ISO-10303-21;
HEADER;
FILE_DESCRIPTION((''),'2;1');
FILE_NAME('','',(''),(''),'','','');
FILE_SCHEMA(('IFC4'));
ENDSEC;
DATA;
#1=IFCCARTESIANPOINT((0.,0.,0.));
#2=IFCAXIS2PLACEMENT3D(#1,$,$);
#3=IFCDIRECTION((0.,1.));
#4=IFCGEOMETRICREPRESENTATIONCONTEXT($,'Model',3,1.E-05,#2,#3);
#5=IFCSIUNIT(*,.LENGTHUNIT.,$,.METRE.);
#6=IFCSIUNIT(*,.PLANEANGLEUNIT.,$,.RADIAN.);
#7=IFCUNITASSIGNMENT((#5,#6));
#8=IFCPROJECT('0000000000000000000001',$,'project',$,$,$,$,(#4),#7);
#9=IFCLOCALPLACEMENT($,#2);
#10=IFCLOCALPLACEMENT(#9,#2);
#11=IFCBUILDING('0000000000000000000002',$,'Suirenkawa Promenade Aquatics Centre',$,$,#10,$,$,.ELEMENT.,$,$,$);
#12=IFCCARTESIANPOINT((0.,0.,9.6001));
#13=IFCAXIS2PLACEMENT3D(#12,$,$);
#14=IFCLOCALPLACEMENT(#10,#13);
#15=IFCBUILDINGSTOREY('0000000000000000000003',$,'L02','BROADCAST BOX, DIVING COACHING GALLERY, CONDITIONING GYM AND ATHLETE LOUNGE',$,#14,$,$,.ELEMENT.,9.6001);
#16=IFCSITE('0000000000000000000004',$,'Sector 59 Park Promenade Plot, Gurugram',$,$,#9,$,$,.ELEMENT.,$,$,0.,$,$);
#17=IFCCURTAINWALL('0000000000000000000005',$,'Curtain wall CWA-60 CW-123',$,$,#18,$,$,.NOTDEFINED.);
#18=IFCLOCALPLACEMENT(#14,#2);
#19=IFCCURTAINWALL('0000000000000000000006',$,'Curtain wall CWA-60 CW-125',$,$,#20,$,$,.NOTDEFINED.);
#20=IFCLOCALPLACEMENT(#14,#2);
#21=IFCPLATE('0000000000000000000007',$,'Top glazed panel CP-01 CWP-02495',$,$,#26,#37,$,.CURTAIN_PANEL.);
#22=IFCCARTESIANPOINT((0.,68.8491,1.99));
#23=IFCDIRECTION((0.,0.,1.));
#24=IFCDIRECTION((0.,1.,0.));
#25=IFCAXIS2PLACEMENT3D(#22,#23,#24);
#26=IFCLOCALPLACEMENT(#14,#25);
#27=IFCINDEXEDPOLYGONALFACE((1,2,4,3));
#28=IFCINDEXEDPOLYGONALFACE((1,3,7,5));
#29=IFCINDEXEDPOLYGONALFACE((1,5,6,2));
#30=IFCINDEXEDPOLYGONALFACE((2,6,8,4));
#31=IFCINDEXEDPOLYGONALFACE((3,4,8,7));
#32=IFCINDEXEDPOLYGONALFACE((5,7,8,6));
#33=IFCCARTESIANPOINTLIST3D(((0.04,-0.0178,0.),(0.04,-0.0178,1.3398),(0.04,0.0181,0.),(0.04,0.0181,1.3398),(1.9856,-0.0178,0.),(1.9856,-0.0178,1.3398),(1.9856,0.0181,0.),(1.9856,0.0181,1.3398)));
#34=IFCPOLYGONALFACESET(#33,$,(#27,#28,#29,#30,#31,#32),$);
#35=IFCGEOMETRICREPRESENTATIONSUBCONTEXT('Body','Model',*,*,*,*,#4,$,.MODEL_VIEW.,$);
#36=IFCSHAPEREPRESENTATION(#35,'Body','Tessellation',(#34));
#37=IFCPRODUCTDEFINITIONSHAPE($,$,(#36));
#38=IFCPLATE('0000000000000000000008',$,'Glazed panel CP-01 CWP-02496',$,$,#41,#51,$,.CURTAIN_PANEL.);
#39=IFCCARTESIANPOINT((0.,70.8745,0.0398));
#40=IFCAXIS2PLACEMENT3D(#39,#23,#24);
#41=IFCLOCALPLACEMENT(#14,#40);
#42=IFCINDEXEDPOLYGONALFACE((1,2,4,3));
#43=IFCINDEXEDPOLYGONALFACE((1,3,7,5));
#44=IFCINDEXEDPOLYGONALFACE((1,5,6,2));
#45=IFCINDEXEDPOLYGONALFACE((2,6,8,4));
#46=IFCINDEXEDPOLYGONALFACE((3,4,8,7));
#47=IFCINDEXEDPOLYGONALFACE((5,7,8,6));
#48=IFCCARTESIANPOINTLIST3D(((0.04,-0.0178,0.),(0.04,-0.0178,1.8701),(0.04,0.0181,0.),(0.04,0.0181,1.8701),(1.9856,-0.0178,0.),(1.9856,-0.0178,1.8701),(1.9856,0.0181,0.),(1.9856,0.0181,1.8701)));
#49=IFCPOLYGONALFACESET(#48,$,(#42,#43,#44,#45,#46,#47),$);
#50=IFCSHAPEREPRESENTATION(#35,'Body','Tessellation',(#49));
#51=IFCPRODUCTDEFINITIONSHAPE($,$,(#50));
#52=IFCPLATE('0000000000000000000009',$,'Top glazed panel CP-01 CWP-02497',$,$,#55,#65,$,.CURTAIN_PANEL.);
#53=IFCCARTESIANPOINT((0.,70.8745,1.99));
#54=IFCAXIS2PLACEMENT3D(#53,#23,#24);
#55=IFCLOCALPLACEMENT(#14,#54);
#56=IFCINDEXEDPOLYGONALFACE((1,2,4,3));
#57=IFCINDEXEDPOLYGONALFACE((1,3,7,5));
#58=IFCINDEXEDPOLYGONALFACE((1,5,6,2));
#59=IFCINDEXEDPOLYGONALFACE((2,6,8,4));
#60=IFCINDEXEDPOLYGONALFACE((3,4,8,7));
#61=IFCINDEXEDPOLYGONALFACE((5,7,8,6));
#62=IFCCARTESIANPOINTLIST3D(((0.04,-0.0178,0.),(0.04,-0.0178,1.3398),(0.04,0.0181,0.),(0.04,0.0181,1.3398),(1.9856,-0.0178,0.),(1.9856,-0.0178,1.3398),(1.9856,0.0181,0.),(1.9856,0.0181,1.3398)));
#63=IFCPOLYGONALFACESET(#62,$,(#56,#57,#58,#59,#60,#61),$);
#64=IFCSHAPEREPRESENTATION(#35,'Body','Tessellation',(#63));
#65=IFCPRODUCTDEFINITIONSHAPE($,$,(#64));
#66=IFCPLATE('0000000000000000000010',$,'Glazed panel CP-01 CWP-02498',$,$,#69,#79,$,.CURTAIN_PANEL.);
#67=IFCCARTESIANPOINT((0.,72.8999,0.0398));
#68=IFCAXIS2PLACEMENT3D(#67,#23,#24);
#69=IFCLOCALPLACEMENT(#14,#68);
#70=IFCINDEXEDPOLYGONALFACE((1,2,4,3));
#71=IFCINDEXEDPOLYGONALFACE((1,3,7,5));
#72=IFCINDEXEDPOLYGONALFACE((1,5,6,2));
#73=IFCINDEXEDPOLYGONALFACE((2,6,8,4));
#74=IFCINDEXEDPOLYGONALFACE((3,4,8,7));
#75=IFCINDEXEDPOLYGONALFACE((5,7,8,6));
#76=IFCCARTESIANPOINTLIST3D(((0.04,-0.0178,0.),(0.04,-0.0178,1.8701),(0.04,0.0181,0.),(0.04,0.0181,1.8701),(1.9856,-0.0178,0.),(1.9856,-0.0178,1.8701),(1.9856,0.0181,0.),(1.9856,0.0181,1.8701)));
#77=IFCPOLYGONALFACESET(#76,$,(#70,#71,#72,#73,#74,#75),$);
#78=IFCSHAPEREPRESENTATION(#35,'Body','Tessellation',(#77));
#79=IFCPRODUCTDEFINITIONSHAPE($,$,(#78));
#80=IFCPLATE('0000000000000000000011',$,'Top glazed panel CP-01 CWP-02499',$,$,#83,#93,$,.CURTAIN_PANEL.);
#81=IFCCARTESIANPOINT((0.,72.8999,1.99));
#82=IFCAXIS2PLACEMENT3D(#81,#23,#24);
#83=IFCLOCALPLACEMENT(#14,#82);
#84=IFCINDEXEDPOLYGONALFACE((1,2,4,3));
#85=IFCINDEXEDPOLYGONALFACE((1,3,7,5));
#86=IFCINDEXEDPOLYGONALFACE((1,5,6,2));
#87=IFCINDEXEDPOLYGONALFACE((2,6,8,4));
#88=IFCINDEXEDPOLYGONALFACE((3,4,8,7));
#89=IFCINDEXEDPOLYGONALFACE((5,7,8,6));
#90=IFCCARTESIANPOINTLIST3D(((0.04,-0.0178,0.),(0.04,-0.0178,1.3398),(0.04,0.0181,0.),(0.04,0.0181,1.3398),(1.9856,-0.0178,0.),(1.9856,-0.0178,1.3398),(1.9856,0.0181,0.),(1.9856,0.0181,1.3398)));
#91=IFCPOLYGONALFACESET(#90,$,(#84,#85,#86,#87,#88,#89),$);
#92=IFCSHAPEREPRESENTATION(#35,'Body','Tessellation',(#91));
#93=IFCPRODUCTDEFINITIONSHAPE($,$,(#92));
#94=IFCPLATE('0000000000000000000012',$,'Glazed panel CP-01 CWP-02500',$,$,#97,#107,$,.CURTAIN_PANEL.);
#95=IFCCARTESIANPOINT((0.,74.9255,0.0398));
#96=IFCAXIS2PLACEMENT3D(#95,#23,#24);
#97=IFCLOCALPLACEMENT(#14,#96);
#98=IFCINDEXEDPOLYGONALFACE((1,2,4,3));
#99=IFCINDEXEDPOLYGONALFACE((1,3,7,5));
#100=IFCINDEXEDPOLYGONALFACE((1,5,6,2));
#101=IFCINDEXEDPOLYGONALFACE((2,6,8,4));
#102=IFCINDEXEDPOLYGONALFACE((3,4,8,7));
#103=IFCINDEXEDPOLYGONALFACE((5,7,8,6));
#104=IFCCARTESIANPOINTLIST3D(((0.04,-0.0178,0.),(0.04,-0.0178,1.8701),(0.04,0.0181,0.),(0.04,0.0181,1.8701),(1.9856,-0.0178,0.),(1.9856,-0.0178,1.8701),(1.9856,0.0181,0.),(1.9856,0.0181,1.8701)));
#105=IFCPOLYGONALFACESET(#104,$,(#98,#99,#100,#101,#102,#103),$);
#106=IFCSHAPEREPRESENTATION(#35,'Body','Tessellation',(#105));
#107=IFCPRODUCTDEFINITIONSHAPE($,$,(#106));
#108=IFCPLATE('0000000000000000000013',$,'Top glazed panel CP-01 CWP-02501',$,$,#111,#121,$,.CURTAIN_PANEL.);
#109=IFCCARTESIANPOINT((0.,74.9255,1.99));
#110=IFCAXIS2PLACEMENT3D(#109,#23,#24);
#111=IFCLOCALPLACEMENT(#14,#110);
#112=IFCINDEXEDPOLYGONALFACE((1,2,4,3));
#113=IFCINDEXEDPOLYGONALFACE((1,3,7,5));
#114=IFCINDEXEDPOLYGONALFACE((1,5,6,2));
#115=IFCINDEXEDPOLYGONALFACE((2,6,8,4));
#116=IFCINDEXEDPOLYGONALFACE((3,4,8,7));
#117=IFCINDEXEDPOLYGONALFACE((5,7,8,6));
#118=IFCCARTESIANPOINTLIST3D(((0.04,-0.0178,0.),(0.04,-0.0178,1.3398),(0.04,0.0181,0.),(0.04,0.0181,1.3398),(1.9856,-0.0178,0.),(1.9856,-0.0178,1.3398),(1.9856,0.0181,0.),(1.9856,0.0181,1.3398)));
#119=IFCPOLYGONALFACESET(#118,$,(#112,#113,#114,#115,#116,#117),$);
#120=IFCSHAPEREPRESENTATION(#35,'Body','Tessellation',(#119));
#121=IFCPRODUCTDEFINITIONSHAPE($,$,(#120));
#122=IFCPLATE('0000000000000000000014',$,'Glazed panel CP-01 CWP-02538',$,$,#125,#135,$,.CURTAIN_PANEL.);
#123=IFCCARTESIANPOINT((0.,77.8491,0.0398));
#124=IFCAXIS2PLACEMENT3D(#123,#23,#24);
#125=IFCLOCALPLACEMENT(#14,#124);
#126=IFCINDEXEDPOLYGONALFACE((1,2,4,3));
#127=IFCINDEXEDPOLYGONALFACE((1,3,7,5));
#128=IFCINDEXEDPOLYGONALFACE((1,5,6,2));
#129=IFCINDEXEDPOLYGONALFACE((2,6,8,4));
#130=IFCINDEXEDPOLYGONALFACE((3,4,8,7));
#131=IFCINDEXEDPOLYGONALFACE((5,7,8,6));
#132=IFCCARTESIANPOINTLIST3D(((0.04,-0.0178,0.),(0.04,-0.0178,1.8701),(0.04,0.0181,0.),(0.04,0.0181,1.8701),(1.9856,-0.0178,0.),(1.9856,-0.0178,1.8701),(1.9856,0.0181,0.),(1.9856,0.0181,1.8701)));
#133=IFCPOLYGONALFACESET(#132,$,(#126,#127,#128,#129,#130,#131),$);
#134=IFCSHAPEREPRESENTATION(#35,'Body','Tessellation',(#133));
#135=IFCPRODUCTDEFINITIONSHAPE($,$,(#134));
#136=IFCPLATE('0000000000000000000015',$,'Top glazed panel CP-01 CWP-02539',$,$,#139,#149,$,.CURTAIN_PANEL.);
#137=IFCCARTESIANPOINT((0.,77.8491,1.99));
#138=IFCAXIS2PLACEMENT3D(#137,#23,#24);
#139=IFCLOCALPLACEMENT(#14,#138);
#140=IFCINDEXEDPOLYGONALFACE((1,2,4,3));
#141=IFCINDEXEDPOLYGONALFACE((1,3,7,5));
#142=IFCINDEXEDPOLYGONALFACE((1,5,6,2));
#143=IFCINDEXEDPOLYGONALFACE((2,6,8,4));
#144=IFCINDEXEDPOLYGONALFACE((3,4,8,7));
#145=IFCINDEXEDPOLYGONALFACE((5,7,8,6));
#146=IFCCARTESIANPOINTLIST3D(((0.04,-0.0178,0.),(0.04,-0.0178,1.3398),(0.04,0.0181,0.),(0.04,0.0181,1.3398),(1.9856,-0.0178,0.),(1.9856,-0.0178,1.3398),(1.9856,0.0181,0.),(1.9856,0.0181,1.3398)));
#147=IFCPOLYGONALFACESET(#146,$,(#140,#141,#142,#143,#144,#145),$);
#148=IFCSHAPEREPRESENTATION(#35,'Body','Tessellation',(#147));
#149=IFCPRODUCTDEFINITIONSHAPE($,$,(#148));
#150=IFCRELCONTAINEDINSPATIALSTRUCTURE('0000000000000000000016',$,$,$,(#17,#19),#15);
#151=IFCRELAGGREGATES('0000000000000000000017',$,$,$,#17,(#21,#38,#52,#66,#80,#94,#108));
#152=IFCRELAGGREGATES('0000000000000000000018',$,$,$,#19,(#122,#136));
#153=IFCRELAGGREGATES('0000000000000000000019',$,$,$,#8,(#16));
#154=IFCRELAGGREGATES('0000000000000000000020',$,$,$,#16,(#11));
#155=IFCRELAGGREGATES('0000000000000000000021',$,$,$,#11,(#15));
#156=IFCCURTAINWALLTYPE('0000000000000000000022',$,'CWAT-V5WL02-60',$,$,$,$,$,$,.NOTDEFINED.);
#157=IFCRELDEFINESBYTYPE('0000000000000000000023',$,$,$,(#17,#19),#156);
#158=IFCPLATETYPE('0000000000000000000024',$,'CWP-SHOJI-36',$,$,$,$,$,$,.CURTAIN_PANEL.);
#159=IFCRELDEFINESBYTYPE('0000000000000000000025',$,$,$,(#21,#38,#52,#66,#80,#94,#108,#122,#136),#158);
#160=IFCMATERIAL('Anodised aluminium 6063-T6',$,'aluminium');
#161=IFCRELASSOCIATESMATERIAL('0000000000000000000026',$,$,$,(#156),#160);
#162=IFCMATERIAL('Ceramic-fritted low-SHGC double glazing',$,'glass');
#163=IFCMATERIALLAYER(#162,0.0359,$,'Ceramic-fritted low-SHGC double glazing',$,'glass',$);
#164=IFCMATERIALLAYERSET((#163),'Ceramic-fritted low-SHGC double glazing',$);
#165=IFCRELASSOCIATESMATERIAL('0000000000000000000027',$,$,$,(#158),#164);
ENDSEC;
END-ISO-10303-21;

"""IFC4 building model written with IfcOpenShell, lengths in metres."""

from ifc_helpers import new_model, si_unit, direction, frame, origin, place, context, subcontext, project, spatial, polyline, outline, extrude, material, layer, layer_set, type_object, element, aggregate, save


model = new_model("IFC4")

# Units and contexts
model_context = context("Model", 3, precision=1e-05, world=origin(), true_north=direction((0.0, 1.0)))
body_context = subcontext(model_context, "Body", "Model", "MODEL_VIEW")
ifc_project = project(units=[si_unit("LENGTHUNIT", "METRE"), si_unit("PLANEANGLEUNIT", "RADIAN")], contexts=[model_context])

# Site, building, storey
site_placement = place(None, origin())
site = spatial("IfcSite", under=ifc_project, at=site_placement, Name="Sector 59 Park Promenade Plot, Gurugram", CompositionType="ELEMENT", RefElevation=0.0)
building_placement = place(site_placement, origin())
building = spatial("IfcBuilding", under=site, at=building_placement, Name="Suirenkawa Promenade Aquatics Centre", CompositionType="ELEMENT")
storey_placement = place(building_placement, frame((0.0, 0.0, 9.6001)))
storey = spatial("IfcBuildingStorey", under=building, at=storey_placement, Name="L02", Description="BROADCAST BOX, DIVING COACHING GALLERY, CONDITIONING GYM AND ATHLETE LOUNGE", CompositionType="ELEMENT", Elevation=9.6001)

# Curtain walls
ifc_material_1 = material(Name="Anodised aluminium 6063-T6", Category="aluminium")
curtain_wall_type = type_object("IfcCurtainWallType", Name="CWAT-V5WL02-60", PredefinedType="NOTDEFINED", material=ifc_material_1)
curtain_wall_1_placement = place(storey_placement, origin())
curtain_wall_1 = element("IfcCurtainWall", 1, at=curtain_wall_1_placement, inside=storey, type_object=curtain_wall_type, Name="Curtain wall CWA-60 CW-123", PredefinedType="NOTDEFINED")
curtain_wall_2_placement = place(storey_placement, origin())
curtain_wall_2 = element("IfcCurtainWall", 2, at=curtain_wall_2_placement, inside=storey, type_object=curtain_wall_type, Name="Curtain wall CWA-60 CW-125", PredefinedType="NOTDEFINED")

# Plates
ifc_material_2 = material(Name="Ceramic-fritted low-SHGC double glazing", Category="glass")
ifc_layer = layer(ifc_material_2, 0.0359, Name="Ceramic-fritted low-SHGC double glazing", Category="glass")
ifc_layer_set = layer_set([ifc_layer], Name="Ceramic-fritted low-SHGC double glazing")
plate_type = type_object("IfcPlateType", Name="CWP-SHOJI-36", PredefinedType="CURTAIN_PANEL", material=ifc_layer_set)
plate_1_placement = place(storey_placement, frame((0.0, 68.8491, 1.99), z_axis=(0.0, 0.0, 1.0), x_axis=(0.0, 1.0, 0.0)))
plate_1 = element("IfcPlate", 3, at=plate_1_placement, type_object=plate_type, Name="Top glazed panel CP-01 CWP-02495", PredefinedType="CURTAIN_PANEL", context=body_context, shape_type="SweptSolid", body=[
    extrude(outline(polyline([(0.04, 0.0), (1.9856, 0.0), (1.9856, 1.3398), (0.04, 1.3398), (0.04, 0.0)])), frame((0.0, 0.0181, 0.0), z_axis=(0.0, -1.0, 0.0), x_axis=(1.0, 0.0, 0.0)), (0.0, 0.0, 1.0), 0.0359),
])
plate_2_placement = place(storey_placement, frame((0.0, 70.8745, 0.0398), z_axis=(0.0, 0.0, 1.0), x_axis=(0.0, 1.0, 0.0)))
plate_2 = element("IfcPlate", 4, at=plate_2_placement, type_object=plate_type, Name="Glazed panel CP-01 CWP-02496", PredefinedType="CURTAIN_PANEL", context=body_context, shape_type="SweptSolid", body=[
    extrude(outline(polyline([(0.04, 0.0), (1.9856, 0.0), (1.9856, 1.8701), (0.04, 1.8701), (0.04, 0.0)])), frame((0.0, 0.0181, 0.0), z_axis=(0.0, -1.0, 0.0), x_axis=(1.0, 0.0, 0.0)), (0.0, 0.0, 1.0), 0.0359),
])
plate_3_placement = place(storey_placement, frame((0.0, 70.8745, 1.99), z_axis=(0.0, 0.0, 1.0), x_axis=(0.0, 1.0, 0.0)))
plate_3 = element("IfcPlate", 5, at=plate_3_placement, type_object=plate_type, Name="Top glazed panel CP-01 CWP-02497", PredefinedType="CURTAIN_PANEL", context=body_context, shape_type="SweptSolid", body=[
    extrude(outline(polyline([(0.04, 0.0), (1.9856, 0.0), (1.9856, 1.3398), (0.04, 1.3398), (0.04, 0.0)])), frame((0.0, 0.0181, 0.0), z_axis=(0.0, -1.0, 0.0), x_axis=(1.0, 0.0, 0.0)), (0.0, 0.0, 1.0), 0.0359),
])
plate_4_placement = place(storey_placement, frame((0.0, 72.8999, 0.0398), z_axis=(0.0, 0.0, 1.0), x_axis=(0.0, 1.0, 0.0)))
plate_4 = element("IfcPlate", 6, at=plate_4_placement, type_object=plate_type, Name="Glazed panel CP-01 CWP-02498", PredefinedType="CURTAIN_PANEL", context=body_context, shape_type="SweptSolid", body=[
    extrude(outline(polyline([(0.04, 0.0), (1.9856, 0.0), (1.9856, 1.8701), (0.04, 1.8701), (0.04, 0.0)])), frame((0.0, 0.0181, 0.0), z_axis=(0.0, -1.0, 0.0), x_axis=(1.0, 0.0, 0.0)), (0.0, 0.0, 1.0), 0.0359),
])
plate_5_placement = place(storey_placement, frame((0.0, 72.8999, 1.99), z_axis=(0.0, 0.0, 1.0), x_axis=(0.0, 1.0, 0.0)))
plate_5 = element("IfcPlate", 7, at=plate_5_placement, type_object=plate_type, Name="Top glazed panel CP-01 CWP-02499", PredefinedType="CURTAIN_PANEL", context=body_context, shape_type="SweptSolid", body=[
    extrude(outline(polyline([(0.04, 0.0), (1.9856, 0.0), (1.9856, 1.3398), (0.04, 1.3398), (0.04, 0.0)])), frame((0.0, 0.0181, 0.0), z_axis=(0.0, -1.0, 0.0), x_axis=(1.0, 0.0, 0.0)), (0.0, 0.0, 1.0), 0.0359),
])
plate_6_placement = place(storey_placement, frame((0.0, 74.9255, 0.0398), z_axis=(0.0, 0.0, 1.0), x_axis=(0.0, 1.0, 0.0)))
plate_6 = element("IfcPlate", 8, at=plate_6_placement, type_object=plate_type, Name="Glazed panel CP-01 CWP-02500", PredefinedType="CURTAIN_PANEL", context=body_context, shape_type="SweptSolid", body=[
    extrude(outline(polyline([(0.04, 0.0), (1.9856, 0.0), (1.9856, 1.8701), (0.04, 1.8701), (0.04, 0.0)])), frame((0.0, 0.0181, 0.0), z_axis=(0.0, -1.0, 0.0), x_axis=(1.0, 0.0, 0.0)), (0.0, 0.0, 1.0), 0.0359),
])
plate_7_placement = place(storey_placement, frame((0.0, 74.9255, 1.99), z_axis=(0.0, 0.0, 1.0), x_axis=(0.0, 1.0, 0.0)))
plate_7 = element("IfcPlate", 9, at=plate_7_placement, type_object=plate_type, Name="Top glazed panel CP-01 CWP-02501", PredefinedType="CURTAIN_PANEL", context=body_context, shape_type="SweptSolid", body=[
    extrude(outline(polyline([(0.04, 0.0), (1.9856, 0.0), (1.9856, 1.3398), (0.04, 1.3398), (0.04, 0.0)])), frame((0.0, 0.0181, 0.0), z_axis=(0.0, -1.0, 0.0), x_axis=(1.0, 0.0, 0.0)), (0.0, 0.0, 1.0), 0.0359),
])
aggregate(curtain_wall_1, [plate_1, plate_2, plate_3, plate_4, plate_5, plate_6, plate_7])
plate_8_placement = place(storey_placement, frame((0.0, 77.8491, 0.0398), z_axis=(0.0, 0.0, 1.0), x_axis=(0.0, 1.0, 0.0)))
plate_8 = element("IfcPlate", 10, at=plate_8_placement, type_object=plate_type, Name="Glazed panel CP-01 CWP-02538", PredefinedType="CURTAIN_PANEL", context=body_context, shape_type="SweptSolid", body=[
    extrude(outline(polyline([(0.04, 0.0), (1.9856, 0.0), (1.9856, 1.8701), (0.04, 1.8701), (0.04, 0.0)])), frame((0.0, 0.0181, 0.0), z_axis=(0.0, -1.0, 0.0), x_axis=(1.0, 0.0, 0.0)), (0.0, 0.0, 1.0), 0.0359),
])
plate_9_placement = place(storey_placement, frame((0.0, 77.8491, 1.99), z_axis=(0.0, 0.0, 1.0), x_axis=(0.0, 1.0, 0.0)))
plate_9 = element("IfcPlate", 11, at=plate_9_placement, type_object=plate_type, Name="Top glazed panel CP-01 CWP-02539", PredefinedType="CURTAIN_PANEL", context=body_context, shape_type="SweptSolid", body=[
    extrude(outline(polyline([(0.04, 0.0), (1.9856, 0.0), (1.9856, 1.3398), (0.04, 1.3398), (0.04, 0.0)])), frame((0.0, 0.0181, 0.0), z_axis=(0.0, -1.0, 0.0), x_axis=(1.0, 0.0, 0.0)), (0.0, 0.0, 1.0), 0.0359),
])
aggregate(curtain_wall_2, [plate_8, plate_9])

save(model, "model.ifc")
